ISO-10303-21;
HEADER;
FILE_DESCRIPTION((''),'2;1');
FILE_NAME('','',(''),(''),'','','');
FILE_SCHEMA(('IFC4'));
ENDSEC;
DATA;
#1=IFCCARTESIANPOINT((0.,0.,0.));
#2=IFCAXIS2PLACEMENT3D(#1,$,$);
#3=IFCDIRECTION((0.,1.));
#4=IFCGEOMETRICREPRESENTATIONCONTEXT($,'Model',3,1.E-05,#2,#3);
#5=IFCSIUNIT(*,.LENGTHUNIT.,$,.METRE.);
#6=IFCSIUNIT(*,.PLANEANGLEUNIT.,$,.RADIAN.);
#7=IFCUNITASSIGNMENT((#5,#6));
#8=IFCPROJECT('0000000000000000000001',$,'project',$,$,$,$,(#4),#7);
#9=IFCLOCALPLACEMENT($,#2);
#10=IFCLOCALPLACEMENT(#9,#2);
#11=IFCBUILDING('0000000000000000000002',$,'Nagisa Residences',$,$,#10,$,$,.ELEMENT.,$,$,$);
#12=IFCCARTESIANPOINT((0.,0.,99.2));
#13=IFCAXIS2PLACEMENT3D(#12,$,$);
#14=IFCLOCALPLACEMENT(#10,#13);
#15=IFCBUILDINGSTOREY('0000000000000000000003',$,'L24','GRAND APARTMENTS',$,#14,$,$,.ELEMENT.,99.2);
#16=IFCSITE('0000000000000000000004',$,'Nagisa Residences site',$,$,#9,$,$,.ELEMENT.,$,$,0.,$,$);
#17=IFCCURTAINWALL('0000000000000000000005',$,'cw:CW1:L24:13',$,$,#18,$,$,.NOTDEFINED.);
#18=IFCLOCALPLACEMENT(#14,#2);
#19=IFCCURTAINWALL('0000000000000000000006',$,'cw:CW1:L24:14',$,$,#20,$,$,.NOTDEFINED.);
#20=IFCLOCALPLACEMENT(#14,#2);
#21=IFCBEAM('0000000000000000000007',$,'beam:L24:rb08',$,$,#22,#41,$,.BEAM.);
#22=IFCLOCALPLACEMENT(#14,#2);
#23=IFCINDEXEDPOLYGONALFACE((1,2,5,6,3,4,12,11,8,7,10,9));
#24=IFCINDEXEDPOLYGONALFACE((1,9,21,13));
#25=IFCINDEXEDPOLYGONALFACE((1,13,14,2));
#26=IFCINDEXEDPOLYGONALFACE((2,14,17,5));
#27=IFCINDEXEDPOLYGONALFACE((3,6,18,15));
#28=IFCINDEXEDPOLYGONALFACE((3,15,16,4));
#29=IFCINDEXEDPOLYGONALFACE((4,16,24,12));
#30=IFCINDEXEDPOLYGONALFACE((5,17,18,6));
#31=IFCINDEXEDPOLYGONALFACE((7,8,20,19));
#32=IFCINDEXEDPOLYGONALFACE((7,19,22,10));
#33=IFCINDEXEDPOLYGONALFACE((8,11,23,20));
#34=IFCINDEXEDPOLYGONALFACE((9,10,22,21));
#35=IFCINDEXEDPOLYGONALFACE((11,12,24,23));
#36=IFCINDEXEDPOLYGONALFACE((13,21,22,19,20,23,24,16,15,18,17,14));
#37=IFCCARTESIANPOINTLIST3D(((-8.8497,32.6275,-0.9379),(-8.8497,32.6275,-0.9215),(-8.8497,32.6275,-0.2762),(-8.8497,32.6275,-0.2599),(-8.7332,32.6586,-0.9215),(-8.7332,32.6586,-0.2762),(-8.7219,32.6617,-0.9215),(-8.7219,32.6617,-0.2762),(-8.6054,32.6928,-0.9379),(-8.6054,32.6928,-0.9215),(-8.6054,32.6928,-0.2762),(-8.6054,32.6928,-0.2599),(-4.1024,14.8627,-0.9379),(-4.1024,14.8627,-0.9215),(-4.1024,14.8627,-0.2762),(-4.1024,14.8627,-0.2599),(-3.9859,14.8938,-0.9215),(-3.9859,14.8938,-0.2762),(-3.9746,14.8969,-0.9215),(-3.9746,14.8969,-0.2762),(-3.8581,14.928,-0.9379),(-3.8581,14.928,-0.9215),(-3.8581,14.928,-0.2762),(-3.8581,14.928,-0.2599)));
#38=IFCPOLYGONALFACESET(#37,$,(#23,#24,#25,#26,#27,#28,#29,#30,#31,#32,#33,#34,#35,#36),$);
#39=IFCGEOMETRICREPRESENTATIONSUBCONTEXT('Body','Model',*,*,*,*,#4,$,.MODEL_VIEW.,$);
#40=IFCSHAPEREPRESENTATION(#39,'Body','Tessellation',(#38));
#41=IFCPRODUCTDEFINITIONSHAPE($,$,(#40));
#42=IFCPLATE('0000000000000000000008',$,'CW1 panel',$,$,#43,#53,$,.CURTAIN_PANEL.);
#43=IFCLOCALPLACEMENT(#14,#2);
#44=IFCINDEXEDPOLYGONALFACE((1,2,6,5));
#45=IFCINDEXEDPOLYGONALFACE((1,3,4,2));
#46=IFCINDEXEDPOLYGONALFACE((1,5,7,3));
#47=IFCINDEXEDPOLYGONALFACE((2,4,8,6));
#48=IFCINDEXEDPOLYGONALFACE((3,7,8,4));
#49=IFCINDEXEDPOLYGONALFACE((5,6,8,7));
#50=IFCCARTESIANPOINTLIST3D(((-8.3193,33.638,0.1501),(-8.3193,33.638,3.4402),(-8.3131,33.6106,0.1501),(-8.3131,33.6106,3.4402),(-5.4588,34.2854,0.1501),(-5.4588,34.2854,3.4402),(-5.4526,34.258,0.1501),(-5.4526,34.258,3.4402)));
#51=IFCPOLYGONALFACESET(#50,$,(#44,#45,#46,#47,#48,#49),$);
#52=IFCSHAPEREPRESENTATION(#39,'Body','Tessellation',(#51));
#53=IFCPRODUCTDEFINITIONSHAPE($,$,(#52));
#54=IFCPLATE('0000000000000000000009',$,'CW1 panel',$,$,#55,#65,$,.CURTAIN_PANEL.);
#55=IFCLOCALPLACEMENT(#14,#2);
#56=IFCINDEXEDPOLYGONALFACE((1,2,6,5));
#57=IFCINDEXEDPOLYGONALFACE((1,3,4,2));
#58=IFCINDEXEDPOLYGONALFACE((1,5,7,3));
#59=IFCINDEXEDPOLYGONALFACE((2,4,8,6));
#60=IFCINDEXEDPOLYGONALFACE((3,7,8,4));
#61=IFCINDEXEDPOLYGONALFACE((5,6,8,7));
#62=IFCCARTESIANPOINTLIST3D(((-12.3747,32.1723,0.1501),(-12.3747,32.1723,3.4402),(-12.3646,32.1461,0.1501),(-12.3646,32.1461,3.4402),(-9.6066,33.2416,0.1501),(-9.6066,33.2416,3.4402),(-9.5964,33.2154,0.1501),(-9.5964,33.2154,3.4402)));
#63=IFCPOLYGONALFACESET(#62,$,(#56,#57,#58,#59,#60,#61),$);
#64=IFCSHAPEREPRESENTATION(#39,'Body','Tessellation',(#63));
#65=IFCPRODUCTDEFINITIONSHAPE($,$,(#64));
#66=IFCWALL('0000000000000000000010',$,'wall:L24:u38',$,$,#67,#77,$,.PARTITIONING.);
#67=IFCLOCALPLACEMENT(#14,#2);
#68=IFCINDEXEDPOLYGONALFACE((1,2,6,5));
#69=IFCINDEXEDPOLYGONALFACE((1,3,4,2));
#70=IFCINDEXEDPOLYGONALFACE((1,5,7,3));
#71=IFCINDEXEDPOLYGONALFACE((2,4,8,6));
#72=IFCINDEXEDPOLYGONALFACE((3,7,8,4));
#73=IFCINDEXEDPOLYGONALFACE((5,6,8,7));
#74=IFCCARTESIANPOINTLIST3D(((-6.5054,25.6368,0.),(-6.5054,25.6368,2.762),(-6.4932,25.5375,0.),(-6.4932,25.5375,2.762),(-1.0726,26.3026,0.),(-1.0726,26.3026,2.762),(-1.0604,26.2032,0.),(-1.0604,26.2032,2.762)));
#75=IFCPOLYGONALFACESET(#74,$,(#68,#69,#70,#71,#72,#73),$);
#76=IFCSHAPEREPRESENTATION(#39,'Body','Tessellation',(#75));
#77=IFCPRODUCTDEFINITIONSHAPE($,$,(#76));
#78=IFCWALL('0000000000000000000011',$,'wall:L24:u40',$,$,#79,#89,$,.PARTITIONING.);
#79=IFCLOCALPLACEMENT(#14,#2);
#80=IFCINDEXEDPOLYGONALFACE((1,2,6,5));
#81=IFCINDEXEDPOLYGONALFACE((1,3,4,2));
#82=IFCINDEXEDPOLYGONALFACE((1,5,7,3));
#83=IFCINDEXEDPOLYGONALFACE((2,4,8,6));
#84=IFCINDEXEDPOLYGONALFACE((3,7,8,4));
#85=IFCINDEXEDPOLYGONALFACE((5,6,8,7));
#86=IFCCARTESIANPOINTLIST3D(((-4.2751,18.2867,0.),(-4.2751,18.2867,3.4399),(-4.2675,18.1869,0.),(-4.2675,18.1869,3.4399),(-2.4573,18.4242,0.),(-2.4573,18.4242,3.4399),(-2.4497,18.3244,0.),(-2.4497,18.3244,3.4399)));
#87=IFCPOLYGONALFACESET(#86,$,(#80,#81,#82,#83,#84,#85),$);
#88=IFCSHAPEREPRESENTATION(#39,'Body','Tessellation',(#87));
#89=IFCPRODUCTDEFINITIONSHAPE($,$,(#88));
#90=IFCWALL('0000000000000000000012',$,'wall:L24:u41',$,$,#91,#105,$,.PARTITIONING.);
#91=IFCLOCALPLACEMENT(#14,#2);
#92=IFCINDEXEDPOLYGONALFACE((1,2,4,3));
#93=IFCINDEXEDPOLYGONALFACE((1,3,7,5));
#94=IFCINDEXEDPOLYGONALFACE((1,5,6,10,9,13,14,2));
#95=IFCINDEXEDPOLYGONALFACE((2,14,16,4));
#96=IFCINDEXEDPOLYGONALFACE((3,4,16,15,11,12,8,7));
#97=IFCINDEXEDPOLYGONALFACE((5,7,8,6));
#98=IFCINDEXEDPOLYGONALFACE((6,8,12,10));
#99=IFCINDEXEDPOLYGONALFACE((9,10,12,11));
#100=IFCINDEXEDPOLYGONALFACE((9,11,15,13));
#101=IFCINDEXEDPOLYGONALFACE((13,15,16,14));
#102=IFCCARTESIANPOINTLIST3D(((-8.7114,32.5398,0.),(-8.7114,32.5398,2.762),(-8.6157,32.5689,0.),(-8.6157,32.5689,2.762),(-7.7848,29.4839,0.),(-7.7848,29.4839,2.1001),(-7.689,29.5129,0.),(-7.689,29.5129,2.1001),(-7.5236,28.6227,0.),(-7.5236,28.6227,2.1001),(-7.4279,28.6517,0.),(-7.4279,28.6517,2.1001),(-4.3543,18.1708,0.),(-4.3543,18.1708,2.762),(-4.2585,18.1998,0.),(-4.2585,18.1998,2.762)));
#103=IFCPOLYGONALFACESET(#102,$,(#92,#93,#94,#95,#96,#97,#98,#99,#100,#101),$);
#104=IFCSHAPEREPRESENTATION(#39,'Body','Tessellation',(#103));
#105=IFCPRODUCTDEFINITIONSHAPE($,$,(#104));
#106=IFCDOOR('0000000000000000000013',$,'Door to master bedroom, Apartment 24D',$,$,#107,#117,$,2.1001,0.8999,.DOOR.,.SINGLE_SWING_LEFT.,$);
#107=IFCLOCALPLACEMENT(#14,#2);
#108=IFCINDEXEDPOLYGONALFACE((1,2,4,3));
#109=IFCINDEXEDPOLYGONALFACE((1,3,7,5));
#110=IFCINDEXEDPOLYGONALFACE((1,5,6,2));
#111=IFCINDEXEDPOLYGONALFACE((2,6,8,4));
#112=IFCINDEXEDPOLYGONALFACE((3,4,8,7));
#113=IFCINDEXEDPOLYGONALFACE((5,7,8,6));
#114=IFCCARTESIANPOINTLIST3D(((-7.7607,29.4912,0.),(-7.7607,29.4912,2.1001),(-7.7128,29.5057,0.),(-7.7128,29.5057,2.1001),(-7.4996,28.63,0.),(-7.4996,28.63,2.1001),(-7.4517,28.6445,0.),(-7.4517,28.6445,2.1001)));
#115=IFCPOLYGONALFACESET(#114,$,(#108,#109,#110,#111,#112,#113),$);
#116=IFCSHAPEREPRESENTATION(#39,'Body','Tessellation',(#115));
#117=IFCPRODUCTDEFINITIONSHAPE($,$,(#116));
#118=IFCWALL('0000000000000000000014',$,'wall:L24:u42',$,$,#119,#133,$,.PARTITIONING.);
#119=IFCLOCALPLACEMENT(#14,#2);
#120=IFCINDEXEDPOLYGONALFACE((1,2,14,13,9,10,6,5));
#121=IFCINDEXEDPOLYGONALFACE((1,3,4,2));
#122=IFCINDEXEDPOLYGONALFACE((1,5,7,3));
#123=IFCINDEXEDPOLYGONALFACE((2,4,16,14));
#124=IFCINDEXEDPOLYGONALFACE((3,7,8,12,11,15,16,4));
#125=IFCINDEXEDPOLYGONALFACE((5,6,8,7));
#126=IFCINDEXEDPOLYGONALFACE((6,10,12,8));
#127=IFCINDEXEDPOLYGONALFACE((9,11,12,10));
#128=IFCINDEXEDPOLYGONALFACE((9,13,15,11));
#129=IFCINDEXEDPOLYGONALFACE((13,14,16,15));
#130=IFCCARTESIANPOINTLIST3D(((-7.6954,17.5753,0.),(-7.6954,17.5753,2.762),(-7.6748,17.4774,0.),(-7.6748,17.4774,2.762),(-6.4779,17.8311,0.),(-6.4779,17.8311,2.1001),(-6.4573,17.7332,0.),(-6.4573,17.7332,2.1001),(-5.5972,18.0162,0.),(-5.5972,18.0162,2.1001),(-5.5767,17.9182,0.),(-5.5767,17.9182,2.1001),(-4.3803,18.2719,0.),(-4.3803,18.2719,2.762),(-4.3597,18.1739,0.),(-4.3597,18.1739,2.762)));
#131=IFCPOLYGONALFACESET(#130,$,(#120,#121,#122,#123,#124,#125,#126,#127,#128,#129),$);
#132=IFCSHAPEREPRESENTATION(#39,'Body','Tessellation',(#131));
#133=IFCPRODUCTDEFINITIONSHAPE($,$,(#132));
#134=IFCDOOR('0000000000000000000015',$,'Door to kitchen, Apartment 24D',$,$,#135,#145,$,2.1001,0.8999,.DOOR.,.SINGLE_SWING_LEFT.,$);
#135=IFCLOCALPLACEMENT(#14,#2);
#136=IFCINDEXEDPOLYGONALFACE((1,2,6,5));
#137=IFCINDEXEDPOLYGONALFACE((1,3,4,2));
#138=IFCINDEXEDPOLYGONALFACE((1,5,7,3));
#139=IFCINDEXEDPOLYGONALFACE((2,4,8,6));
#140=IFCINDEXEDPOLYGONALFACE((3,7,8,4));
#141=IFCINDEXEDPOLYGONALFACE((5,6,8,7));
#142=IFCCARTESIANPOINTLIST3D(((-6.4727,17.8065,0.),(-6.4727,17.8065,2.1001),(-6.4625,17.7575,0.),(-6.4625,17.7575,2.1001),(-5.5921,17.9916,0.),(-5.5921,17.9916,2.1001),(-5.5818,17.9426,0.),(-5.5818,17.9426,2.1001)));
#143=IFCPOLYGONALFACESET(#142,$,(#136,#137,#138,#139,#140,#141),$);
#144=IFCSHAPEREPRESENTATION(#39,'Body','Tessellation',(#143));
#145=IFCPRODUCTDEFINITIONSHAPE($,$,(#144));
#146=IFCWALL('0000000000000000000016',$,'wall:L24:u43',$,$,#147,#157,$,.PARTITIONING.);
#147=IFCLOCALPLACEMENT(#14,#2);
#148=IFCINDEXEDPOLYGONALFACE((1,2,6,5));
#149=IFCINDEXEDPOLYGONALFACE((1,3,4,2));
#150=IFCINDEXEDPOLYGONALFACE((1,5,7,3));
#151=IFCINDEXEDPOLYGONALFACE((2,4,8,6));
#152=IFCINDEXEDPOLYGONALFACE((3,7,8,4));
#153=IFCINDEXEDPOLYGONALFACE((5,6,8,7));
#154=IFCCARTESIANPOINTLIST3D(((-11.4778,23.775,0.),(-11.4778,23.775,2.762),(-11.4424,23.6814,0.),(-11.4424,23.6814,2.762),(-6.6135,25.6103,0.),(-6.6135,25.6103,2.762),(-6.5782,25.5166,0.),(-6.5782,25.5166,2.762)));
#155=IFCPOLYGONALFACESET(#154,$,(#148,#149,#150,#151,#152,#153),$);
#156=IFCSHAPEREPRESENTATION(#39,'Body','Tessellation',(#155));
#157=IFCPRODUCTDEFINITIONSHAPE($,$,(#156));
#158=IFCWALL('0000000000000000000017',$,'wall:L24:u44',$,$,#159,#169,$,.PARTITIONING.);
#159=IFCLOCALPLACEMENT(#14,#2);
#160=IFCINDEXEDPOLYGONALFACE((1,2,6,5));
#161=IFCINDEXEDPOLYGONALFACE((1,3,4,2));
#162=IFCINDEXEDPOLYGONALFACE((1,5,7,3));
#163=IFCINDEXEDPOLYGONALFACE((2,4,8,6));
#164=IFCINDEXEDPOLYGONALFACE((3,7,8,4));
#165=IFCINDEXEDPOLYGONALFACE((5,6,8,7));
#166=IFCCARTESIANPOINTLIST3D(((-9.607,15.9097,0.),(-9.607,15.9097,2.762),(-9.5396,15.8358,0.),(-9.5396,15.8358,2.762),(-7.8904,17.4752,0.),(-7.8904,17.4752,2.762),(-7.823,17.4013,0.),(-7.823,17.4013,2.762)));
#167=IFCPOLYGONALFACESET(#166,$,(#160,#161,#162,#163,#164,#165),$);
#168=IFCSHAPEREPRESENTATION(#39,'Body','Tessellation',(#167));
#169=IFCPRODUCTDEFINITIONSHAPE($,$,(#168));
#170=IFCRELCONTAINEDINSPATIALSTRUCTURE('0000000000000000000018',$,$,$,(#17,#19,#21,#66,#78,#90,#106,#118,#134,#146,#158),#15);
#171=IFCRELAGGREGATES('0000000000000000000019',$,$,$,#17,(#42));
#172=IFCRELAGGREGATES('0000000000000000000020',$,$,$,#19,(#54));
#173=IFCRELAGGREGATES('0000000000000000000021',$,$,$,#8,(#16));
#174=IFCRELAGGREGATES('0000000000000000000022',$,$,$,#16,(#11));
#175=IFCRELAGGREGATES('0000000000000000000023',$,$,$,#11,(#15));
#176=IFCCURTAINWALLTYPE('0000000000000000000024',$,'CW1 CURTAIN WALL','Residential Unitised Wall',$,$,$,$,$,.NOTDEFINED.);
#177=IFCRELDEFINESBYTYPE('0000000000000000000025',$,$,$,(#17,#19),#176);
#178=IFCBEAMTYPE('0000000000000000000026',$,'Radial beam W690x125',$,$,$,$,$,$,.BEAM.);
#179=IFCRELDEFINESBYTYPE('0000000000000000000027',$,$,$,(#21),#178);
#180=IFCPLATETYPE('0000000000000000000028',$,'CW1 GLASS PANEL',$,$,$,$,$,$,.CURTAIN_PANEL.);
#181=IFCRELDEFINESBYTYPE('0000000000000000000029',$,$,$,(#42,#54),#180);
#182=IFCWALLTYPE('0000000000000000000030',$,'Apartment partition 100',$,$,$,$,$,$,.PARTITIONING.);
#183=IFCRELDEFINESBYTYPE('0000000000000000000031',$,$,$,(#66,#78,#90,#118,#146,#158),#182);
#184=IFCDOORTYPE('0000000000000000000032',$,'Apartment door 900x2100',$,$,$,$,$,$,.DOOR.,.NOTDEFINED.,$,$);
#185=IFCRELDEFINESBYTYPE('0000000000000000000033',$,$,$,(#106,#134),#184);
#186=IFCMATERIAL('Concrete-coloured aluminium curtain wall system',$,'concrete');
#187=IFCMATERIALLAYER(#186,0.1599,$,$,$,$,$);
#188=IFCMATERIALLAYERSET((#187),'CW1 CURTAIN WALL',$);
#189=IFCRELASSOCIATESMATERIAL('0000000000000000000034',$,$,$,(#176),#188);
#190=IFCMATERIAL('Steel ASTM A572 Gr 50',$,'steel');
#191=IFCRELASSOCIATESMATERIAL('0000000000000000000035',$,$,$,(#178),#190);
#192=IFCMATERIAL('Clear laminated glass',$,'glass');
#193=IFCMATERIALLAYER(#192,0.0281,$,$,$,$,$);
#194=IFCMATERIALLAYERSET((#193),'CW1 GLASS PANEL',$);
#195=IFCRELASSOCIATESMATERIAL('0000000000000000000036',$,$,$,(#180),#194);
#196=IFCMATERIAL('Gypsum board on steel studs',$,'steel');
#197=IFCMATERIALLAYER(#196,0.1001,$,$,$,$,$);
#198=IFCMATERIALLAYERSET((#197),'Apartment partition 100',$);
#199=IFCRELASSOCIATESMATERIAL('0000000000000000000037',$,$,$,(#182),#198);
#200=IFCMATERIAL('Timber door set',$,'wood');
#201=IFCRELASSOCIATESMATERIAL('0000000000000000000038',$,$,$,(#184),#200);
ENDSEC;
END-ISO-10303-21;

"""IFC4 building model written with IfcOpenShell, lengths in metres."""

from ifc_helpers import new_model, si_unit, direction, frame, frame_2d, origin, origin_2d, place, context, subcontext, project, spatial, rectangle, i_section, extrude, material, layer, layer_set, material_profile, profile_set, type_object, element, fill, aggregate, save


model = new_model("IFC4")

# Units and contexts
model_context = context("Model", 3, precision=1e-05, world=origin(), true_north=direction((0.0, 1.0)))
body_context = subcontext(model_context, "Body", "Model", "MODEL_VIEW")
ifc_project = project(units=[si_unit("LENGTHUNIT", "METRE"), si_unit("PLANEANGLEUNIT", "RADIAN")], contexts=[model_context])

# Site, building, storey
site_placement = place(None, origin())
site = spatial("IfcSite", under=ifc_project, at=site_placement, Name="Nagisa Residences site", CompositionType="ELEMENT", RefElevation=0.0)
building_placement = place(site_placement, origin())
building = spatial("IfcBuilding", under=site, at=building_placement, Name="Nagisa Residences", CompositionType="ELEMENT")
storey_placement = place(building_placement, frame((0.0, 0.0, 99.2)))
storey = spatial("IfcBuildingStorey", under=building, at=storey_placement, Name="L24", Description="GRAND APARTMENTS", CompositionType="ELEMENT", Elevation=99.2)

# Curtain walls
ifc_material_1 = material(Name="Concrete-coloured aluminium curtain wall system", Category="concrete")
ifc_layer_1 = layer(ifc_material_1, 0.1599)
ifc_layer_set_1 = layer_set([ifc_layer_1], Name="CW1 CURTAIN WALL")
curtain_wall_type = type_object("IfcCurtainWallType", Name="CW1 CURTAIN WALL", Description="Residential Unitised Wall", PredefinedType="NOTDEFINED", material=ifc_layer_set_1)
curtain_wall_1_placement = place(storey_placement, origin())
curtain_wall_1 = element("IfcCurtainWall", 1, at=curtain_wall_1_placement, inside=storey, type_object=curtain_wall_type, Name="cw:CW1:L24:13", PredefinedType="NOTDEFINED")
curtain_wall_2_placement = place(storey_placement, origin())
curtain_wall_2 = element("IfcCurtainWall", 2, at=curtain_wall_2_placement, inside=storey, type_object=curtain_wall_type, Name="cw:CW1:L24:14", PredefinedType="NOTDEFINED")

# Beam
ifc_material_2 = material(Name="Steel ASTM A572 Gr 50", Category="steel")
ifc_material_profile_1 = material_profile(ifc_material_2, i_section(OverallWidth=0.2529, OverallDepth=0.678, WebThickness=0.0117, FlangeThickness=0.0164, at=origin_2d()), Name="W690x125")
ifc_profile_set_1 = profile_set([ifc_material_profile_1], Name="Steel ASTM A572 Gr 50")
beam_type_1 = type_object("IfcBeamType", Name="Radial beam W690x125", PredefinedType="BEAM", material=ifc_profile_set_1)
beam_1_placement = place(storey_placement, frame((-8.7275, 32.6602, -0.5989), z_axis=(0.258171, -0.966099, 0.0), x_axis=(0.966099, 0.258171, 0.0)))
element("IfcBeam", 3, at=beam_1_placement, inside=storey, type_object=beam_type_1, Name="beam:L24:rb08", PredefinedType="BEAM", context=body_context, shape_type="SweptSolid", body=[
    extrude(i_section(OverallWidth=0.2529, OverallDepth=0.678, WebThickness=0.0117, FlangeThickness=0.0164, at=origin_2d()), origin(), (0.0, 0.0, 1.0), 18.3882),
])

# Plates
ifc_material_3 = material(Name="Clear laminated glass", Category="glass")
ifc_layer_2 = layer(ifc_material_3, 0.0281)
ifc_layer_set_2 = layer_set([ifc_layer_2], Name="CW1 GLASS PANEL")
plate_type = type_object("IfcPlateType", Name="CW1 GLASS PANEL", PredefinedType="CURTAIN_PANEL", material=ifc_layer_set_2)
plate_1_placement = place(storey_placement, frame((-6.886, 33.948, 0.1501), z_axis=(0.0, 0.0, 1.0), x_axis=(-0.975327, -0.220764, 0.0)))
plate_1 = element("IfcPlate", 4, at=plate_1_placement, type_object=plate_type, Name="CW1 panel", PredefinedType="CURTAIN_PANEL", context=body_context, shape_type="SweptSolid", body=[
    extrude(rectangle(XDim=2.9329, YDim=0.0281, at=origin_2d()), origin(), (0.0, 0.0, 1.0), 3.29),
])
aggregate(curtain_wall_1, [plate_1])
plate_2_placement = place(storey_placement, frame((-10.9856, 32.6938, 0.1501), z_axis=(0.0, 0.0, 1.0), x_axis=(-0.932826, -0.360328, 0.0)))
plate_2 = element("IfcPlate", 5, at=plate_2_placement, type_object=plate_type, Name="CW1 panel", PredefinedType="CURTAIN_PANEL", context=body_context, shape_type="SweptSolid", body=[
    extrude(rectangle(XDim=2.9675, YDim=0.0281, at=origin_2d()), origin(), (0.0, 0.0, 1.0), 3.29),
])
aggregate(curtain_wall_2, [plate_2])

# Walls
ifc_material_4 = material(Name="Gypsum board on steel studs", Category="steel")
ifc_layer_3 = layer(ifc_material_4, 0.1001)
ifc_layer_set_3 = layer_set([ifc_layer_3], Name="Apartment partition 100")
wall_type_1 = type_object("IfcWallType", Name="Apartment partition 100", PredefinedType="PARTITIONING", material=ifc_layer_set_3)
wall_1_placement = place(storey_placement, frame((-1.0664, 26.2529, 0.0), z_axis=(0.0, 0.0, 1.0), x_axis=(-0.992575, -0.121635, 0.0)))
element("IfcWall", 6, at=wall_1_placement, inside=storey, type_object=wall_type_1, Name="wall:L24:u38", PredefinedType="PARTITIONING", context=body_context, shape_type="SweptSolid", body=[
    extrude(rectangle(XDim=5.4734, YDim=0.1001, at=frame_2d((2.7368, 0.0))), origin(), (0.0, 0.0, 1.0), 2.762),
])
wall_2_placement = place(storey_placement, frame((-2.4534, 18.3743, 0.0), z_axis=(0.0, 0.0, 1.0), x_axis=(-0.997154, -0.075396, 0.0)))
element("IfcWall", 7, at=wall_2_placement, inside=storey, type_object=wall_type_1, Name="wall:L24:u40", PredefinedType="PARTITIONING", context=body_context, shape_type="SweptSolid", body=[
    extrude(rectangle(XDim=1.823, YDim=0.1001, at=frame_2d((0.9116, 0.0))), origin(), (0.0, 0.0, 1.0), 3.4399),
])

# Walls, openings, doors
wall_3_placement = place(storey_placement, frame((-4.3064, 18.1853, 0.0), z_axis=(0.0, 0.0, 1.0), x_axis=(-0.290184, 0.956971, 0.0)))
wall_3 = element("IfcWall", 8, at=wall_3_placement, inside=storey, type_object=wall_type_1, Name="wall:L24:u41", PredefinedType="PARTITIONING", context=body_context, shape_type="SweptSolid", body=[
    extrude(rectangle(XDim=15.0151, YDim=0.1001, at=frame_2d((7.5076, 0.0))), origin(), (0.0, 0.0, 1.0), 2.762),
])
opening_1_placement = place(wall_3_placement, frame((10.9219, 0.0, 0.0)))
opening_1 = element("IfcOpeningElement", 9, at=opening_1_placement, cuts=wall_3, PredefinedType="OPENING", context=body_context, shape_type="SweptSolid", body=[
    extrude(rectangle(XDim=0.8999, YDim=2.1001, at=frame_2d((0.45, 1.05))), frame((0.0, 0.0601, 0.0), z_axis=(0.0, -1.0, 0.0), x_axis=(1.0, 0.0, 0.0)), (0.0, 0.0, 1.0), 0.1201),
])
ifc_material_5 = material(Name="Timber door set", Category="wood")
door_type_1 = type_object("IfcDoorType", Name="Apartment door 900x2100", OperationType="NOTDEFINED", PredefinedType="DOOR", material=ifc_material_5)
door_1_placement = place(opening_1_placement, origin())
door_1 = element("IfcDoor", 10, at=door_1_placement, inside=storey, type_object=door_type_1, Name="Door to master bedroom, Apartment 24D", OperationType="SINGLE_SWING_LEFT", OverallHeight=2.1001, OverallWidth=0.8999, PredefinedType="DOOR", context=body_context, shape_type="SweptSolid", body=[
    extrude(rectangle(XDim=0.8999, YDim=2.1001, at=frame_2d((0.45, 1.05))), frame((0.0, 0.0249, 0.0), z_axis=(0.0, -1.0, 0.0), x_axis=(1.0, 0.0, 0.0)), (0.0, 0.0, 1.0), 0.05),
])
fill(opening_1, door_1)
wall_4_placement = place(storey_placement, frame((-4.3699, 18.2229, 0.0), z_axis=(0.0, 0.0, 1.0), x_axis=(-0.978633, -0.205615, 0.0)))
wall_4 = element("IfcWall", 11, at=wall_4_placement, inside=storey, type_object=wall_type_1, Name="wall:L24:u42", PredefinedType="PARTITIONING", context=body_context, shape_type="SweptSolid", body=[
    extrude(rectangle(XDim=3.3875, YDim=0.1001, at=frame_2d((1.6938, 0.0))), origin(), (0.0, 0.0, 1.0), 2.762),
])
opening_2_placement = place(wall_4_placement, frame((1.2437, 0.0, 0.0)))
opening_2 = element("IfcOpeningElement", 12, at=opening_2_placement, cuts=wall_4, PredefinedType="OPENING", context=body_context, shape_type="SweptSolid", body=[
    extrude(rectangle(XDim=0.8999, YDim=2.1001, at=frame_2d((0.45, 1.05))), frame((0.0, 0.0601, 0.0), z_axis=(0.0, -1.0, 0.0), x_axis=(1.0, 0.0, 0.0)), (0.0, 0.0, 1.0), 0.1201),
])
door_2_placement = place(opening_2_placement, frame((0.8999, 0.0, 0.0), x_axis=(-1.0, 0.0, 0.0)))
door_2 = element("IfcDoor", 13, at=door_2_placement, inside=storey, type_object=door_type_1, Name="Door to kitchen, Apartment 24D", OperationType="SINGLE_SWING_LEFT", OverallHeight=2.1001, OverallWidth=0.8999, PredefinedType="DOOR", context=body_context, shape_type="SweptSolid", body=[
    extrude(rectangle(XDim=0.8999, YDim=2.1001, at=frame_2d((0.45, 1.05))), frame((0.0, 0.0249, 0.0), z_axis=(0.0, -1.0, 0.0), x_axis=(1.0, 0.0, 0.0)), (0.0, 0.0, 1.0), 0.05),
])
fill(opening_2, door_2)

# Walls
wall_5_placement = place(storey_placement, frame((-6.5957, 25.5635, 0.0), z_axis=(0.0, 0.0, 1.0), x_axis=(-0.935625, -0.352996, 0.0)))
element("IfcWall", 14, at=wall_5_placement, inside=storey, type_object=wall_type_1, Name="wall:L24:u43", PredefinedType="PARTITIONING", context=body_context, shape_type="SweptSolid", body=[
    extrude(rectangle(XDim=5.199, YDim=0.1001, at=frame_2d((2.5996, 0.0))), origin(), (0.0, 0.0, 1.0), 2.762),
])
wall_6_placement = place(storey_placement, frame((-7.8567, 17.4382, 0.0), z_axis=(0.0, 0.0, 1.0), x_axis=(-0.738884, -0.673833, 0.0)))
element("IfcWall", 15, at=wall_6_placement, inside=storey, type_object=wall_type_1, Name="wall:L24:u44", PredefinedType="PARTITIONING", context=body_context, shape_type="SweptSolid", body=[
    extrude(rectangle(XDim=2.3232, YDim=0.1001, at=frame_2d((1.1616, 0.0))), origin(), (0.0, 0.0, 1.0), 2.762),
])

save(model, "model.ifc")
